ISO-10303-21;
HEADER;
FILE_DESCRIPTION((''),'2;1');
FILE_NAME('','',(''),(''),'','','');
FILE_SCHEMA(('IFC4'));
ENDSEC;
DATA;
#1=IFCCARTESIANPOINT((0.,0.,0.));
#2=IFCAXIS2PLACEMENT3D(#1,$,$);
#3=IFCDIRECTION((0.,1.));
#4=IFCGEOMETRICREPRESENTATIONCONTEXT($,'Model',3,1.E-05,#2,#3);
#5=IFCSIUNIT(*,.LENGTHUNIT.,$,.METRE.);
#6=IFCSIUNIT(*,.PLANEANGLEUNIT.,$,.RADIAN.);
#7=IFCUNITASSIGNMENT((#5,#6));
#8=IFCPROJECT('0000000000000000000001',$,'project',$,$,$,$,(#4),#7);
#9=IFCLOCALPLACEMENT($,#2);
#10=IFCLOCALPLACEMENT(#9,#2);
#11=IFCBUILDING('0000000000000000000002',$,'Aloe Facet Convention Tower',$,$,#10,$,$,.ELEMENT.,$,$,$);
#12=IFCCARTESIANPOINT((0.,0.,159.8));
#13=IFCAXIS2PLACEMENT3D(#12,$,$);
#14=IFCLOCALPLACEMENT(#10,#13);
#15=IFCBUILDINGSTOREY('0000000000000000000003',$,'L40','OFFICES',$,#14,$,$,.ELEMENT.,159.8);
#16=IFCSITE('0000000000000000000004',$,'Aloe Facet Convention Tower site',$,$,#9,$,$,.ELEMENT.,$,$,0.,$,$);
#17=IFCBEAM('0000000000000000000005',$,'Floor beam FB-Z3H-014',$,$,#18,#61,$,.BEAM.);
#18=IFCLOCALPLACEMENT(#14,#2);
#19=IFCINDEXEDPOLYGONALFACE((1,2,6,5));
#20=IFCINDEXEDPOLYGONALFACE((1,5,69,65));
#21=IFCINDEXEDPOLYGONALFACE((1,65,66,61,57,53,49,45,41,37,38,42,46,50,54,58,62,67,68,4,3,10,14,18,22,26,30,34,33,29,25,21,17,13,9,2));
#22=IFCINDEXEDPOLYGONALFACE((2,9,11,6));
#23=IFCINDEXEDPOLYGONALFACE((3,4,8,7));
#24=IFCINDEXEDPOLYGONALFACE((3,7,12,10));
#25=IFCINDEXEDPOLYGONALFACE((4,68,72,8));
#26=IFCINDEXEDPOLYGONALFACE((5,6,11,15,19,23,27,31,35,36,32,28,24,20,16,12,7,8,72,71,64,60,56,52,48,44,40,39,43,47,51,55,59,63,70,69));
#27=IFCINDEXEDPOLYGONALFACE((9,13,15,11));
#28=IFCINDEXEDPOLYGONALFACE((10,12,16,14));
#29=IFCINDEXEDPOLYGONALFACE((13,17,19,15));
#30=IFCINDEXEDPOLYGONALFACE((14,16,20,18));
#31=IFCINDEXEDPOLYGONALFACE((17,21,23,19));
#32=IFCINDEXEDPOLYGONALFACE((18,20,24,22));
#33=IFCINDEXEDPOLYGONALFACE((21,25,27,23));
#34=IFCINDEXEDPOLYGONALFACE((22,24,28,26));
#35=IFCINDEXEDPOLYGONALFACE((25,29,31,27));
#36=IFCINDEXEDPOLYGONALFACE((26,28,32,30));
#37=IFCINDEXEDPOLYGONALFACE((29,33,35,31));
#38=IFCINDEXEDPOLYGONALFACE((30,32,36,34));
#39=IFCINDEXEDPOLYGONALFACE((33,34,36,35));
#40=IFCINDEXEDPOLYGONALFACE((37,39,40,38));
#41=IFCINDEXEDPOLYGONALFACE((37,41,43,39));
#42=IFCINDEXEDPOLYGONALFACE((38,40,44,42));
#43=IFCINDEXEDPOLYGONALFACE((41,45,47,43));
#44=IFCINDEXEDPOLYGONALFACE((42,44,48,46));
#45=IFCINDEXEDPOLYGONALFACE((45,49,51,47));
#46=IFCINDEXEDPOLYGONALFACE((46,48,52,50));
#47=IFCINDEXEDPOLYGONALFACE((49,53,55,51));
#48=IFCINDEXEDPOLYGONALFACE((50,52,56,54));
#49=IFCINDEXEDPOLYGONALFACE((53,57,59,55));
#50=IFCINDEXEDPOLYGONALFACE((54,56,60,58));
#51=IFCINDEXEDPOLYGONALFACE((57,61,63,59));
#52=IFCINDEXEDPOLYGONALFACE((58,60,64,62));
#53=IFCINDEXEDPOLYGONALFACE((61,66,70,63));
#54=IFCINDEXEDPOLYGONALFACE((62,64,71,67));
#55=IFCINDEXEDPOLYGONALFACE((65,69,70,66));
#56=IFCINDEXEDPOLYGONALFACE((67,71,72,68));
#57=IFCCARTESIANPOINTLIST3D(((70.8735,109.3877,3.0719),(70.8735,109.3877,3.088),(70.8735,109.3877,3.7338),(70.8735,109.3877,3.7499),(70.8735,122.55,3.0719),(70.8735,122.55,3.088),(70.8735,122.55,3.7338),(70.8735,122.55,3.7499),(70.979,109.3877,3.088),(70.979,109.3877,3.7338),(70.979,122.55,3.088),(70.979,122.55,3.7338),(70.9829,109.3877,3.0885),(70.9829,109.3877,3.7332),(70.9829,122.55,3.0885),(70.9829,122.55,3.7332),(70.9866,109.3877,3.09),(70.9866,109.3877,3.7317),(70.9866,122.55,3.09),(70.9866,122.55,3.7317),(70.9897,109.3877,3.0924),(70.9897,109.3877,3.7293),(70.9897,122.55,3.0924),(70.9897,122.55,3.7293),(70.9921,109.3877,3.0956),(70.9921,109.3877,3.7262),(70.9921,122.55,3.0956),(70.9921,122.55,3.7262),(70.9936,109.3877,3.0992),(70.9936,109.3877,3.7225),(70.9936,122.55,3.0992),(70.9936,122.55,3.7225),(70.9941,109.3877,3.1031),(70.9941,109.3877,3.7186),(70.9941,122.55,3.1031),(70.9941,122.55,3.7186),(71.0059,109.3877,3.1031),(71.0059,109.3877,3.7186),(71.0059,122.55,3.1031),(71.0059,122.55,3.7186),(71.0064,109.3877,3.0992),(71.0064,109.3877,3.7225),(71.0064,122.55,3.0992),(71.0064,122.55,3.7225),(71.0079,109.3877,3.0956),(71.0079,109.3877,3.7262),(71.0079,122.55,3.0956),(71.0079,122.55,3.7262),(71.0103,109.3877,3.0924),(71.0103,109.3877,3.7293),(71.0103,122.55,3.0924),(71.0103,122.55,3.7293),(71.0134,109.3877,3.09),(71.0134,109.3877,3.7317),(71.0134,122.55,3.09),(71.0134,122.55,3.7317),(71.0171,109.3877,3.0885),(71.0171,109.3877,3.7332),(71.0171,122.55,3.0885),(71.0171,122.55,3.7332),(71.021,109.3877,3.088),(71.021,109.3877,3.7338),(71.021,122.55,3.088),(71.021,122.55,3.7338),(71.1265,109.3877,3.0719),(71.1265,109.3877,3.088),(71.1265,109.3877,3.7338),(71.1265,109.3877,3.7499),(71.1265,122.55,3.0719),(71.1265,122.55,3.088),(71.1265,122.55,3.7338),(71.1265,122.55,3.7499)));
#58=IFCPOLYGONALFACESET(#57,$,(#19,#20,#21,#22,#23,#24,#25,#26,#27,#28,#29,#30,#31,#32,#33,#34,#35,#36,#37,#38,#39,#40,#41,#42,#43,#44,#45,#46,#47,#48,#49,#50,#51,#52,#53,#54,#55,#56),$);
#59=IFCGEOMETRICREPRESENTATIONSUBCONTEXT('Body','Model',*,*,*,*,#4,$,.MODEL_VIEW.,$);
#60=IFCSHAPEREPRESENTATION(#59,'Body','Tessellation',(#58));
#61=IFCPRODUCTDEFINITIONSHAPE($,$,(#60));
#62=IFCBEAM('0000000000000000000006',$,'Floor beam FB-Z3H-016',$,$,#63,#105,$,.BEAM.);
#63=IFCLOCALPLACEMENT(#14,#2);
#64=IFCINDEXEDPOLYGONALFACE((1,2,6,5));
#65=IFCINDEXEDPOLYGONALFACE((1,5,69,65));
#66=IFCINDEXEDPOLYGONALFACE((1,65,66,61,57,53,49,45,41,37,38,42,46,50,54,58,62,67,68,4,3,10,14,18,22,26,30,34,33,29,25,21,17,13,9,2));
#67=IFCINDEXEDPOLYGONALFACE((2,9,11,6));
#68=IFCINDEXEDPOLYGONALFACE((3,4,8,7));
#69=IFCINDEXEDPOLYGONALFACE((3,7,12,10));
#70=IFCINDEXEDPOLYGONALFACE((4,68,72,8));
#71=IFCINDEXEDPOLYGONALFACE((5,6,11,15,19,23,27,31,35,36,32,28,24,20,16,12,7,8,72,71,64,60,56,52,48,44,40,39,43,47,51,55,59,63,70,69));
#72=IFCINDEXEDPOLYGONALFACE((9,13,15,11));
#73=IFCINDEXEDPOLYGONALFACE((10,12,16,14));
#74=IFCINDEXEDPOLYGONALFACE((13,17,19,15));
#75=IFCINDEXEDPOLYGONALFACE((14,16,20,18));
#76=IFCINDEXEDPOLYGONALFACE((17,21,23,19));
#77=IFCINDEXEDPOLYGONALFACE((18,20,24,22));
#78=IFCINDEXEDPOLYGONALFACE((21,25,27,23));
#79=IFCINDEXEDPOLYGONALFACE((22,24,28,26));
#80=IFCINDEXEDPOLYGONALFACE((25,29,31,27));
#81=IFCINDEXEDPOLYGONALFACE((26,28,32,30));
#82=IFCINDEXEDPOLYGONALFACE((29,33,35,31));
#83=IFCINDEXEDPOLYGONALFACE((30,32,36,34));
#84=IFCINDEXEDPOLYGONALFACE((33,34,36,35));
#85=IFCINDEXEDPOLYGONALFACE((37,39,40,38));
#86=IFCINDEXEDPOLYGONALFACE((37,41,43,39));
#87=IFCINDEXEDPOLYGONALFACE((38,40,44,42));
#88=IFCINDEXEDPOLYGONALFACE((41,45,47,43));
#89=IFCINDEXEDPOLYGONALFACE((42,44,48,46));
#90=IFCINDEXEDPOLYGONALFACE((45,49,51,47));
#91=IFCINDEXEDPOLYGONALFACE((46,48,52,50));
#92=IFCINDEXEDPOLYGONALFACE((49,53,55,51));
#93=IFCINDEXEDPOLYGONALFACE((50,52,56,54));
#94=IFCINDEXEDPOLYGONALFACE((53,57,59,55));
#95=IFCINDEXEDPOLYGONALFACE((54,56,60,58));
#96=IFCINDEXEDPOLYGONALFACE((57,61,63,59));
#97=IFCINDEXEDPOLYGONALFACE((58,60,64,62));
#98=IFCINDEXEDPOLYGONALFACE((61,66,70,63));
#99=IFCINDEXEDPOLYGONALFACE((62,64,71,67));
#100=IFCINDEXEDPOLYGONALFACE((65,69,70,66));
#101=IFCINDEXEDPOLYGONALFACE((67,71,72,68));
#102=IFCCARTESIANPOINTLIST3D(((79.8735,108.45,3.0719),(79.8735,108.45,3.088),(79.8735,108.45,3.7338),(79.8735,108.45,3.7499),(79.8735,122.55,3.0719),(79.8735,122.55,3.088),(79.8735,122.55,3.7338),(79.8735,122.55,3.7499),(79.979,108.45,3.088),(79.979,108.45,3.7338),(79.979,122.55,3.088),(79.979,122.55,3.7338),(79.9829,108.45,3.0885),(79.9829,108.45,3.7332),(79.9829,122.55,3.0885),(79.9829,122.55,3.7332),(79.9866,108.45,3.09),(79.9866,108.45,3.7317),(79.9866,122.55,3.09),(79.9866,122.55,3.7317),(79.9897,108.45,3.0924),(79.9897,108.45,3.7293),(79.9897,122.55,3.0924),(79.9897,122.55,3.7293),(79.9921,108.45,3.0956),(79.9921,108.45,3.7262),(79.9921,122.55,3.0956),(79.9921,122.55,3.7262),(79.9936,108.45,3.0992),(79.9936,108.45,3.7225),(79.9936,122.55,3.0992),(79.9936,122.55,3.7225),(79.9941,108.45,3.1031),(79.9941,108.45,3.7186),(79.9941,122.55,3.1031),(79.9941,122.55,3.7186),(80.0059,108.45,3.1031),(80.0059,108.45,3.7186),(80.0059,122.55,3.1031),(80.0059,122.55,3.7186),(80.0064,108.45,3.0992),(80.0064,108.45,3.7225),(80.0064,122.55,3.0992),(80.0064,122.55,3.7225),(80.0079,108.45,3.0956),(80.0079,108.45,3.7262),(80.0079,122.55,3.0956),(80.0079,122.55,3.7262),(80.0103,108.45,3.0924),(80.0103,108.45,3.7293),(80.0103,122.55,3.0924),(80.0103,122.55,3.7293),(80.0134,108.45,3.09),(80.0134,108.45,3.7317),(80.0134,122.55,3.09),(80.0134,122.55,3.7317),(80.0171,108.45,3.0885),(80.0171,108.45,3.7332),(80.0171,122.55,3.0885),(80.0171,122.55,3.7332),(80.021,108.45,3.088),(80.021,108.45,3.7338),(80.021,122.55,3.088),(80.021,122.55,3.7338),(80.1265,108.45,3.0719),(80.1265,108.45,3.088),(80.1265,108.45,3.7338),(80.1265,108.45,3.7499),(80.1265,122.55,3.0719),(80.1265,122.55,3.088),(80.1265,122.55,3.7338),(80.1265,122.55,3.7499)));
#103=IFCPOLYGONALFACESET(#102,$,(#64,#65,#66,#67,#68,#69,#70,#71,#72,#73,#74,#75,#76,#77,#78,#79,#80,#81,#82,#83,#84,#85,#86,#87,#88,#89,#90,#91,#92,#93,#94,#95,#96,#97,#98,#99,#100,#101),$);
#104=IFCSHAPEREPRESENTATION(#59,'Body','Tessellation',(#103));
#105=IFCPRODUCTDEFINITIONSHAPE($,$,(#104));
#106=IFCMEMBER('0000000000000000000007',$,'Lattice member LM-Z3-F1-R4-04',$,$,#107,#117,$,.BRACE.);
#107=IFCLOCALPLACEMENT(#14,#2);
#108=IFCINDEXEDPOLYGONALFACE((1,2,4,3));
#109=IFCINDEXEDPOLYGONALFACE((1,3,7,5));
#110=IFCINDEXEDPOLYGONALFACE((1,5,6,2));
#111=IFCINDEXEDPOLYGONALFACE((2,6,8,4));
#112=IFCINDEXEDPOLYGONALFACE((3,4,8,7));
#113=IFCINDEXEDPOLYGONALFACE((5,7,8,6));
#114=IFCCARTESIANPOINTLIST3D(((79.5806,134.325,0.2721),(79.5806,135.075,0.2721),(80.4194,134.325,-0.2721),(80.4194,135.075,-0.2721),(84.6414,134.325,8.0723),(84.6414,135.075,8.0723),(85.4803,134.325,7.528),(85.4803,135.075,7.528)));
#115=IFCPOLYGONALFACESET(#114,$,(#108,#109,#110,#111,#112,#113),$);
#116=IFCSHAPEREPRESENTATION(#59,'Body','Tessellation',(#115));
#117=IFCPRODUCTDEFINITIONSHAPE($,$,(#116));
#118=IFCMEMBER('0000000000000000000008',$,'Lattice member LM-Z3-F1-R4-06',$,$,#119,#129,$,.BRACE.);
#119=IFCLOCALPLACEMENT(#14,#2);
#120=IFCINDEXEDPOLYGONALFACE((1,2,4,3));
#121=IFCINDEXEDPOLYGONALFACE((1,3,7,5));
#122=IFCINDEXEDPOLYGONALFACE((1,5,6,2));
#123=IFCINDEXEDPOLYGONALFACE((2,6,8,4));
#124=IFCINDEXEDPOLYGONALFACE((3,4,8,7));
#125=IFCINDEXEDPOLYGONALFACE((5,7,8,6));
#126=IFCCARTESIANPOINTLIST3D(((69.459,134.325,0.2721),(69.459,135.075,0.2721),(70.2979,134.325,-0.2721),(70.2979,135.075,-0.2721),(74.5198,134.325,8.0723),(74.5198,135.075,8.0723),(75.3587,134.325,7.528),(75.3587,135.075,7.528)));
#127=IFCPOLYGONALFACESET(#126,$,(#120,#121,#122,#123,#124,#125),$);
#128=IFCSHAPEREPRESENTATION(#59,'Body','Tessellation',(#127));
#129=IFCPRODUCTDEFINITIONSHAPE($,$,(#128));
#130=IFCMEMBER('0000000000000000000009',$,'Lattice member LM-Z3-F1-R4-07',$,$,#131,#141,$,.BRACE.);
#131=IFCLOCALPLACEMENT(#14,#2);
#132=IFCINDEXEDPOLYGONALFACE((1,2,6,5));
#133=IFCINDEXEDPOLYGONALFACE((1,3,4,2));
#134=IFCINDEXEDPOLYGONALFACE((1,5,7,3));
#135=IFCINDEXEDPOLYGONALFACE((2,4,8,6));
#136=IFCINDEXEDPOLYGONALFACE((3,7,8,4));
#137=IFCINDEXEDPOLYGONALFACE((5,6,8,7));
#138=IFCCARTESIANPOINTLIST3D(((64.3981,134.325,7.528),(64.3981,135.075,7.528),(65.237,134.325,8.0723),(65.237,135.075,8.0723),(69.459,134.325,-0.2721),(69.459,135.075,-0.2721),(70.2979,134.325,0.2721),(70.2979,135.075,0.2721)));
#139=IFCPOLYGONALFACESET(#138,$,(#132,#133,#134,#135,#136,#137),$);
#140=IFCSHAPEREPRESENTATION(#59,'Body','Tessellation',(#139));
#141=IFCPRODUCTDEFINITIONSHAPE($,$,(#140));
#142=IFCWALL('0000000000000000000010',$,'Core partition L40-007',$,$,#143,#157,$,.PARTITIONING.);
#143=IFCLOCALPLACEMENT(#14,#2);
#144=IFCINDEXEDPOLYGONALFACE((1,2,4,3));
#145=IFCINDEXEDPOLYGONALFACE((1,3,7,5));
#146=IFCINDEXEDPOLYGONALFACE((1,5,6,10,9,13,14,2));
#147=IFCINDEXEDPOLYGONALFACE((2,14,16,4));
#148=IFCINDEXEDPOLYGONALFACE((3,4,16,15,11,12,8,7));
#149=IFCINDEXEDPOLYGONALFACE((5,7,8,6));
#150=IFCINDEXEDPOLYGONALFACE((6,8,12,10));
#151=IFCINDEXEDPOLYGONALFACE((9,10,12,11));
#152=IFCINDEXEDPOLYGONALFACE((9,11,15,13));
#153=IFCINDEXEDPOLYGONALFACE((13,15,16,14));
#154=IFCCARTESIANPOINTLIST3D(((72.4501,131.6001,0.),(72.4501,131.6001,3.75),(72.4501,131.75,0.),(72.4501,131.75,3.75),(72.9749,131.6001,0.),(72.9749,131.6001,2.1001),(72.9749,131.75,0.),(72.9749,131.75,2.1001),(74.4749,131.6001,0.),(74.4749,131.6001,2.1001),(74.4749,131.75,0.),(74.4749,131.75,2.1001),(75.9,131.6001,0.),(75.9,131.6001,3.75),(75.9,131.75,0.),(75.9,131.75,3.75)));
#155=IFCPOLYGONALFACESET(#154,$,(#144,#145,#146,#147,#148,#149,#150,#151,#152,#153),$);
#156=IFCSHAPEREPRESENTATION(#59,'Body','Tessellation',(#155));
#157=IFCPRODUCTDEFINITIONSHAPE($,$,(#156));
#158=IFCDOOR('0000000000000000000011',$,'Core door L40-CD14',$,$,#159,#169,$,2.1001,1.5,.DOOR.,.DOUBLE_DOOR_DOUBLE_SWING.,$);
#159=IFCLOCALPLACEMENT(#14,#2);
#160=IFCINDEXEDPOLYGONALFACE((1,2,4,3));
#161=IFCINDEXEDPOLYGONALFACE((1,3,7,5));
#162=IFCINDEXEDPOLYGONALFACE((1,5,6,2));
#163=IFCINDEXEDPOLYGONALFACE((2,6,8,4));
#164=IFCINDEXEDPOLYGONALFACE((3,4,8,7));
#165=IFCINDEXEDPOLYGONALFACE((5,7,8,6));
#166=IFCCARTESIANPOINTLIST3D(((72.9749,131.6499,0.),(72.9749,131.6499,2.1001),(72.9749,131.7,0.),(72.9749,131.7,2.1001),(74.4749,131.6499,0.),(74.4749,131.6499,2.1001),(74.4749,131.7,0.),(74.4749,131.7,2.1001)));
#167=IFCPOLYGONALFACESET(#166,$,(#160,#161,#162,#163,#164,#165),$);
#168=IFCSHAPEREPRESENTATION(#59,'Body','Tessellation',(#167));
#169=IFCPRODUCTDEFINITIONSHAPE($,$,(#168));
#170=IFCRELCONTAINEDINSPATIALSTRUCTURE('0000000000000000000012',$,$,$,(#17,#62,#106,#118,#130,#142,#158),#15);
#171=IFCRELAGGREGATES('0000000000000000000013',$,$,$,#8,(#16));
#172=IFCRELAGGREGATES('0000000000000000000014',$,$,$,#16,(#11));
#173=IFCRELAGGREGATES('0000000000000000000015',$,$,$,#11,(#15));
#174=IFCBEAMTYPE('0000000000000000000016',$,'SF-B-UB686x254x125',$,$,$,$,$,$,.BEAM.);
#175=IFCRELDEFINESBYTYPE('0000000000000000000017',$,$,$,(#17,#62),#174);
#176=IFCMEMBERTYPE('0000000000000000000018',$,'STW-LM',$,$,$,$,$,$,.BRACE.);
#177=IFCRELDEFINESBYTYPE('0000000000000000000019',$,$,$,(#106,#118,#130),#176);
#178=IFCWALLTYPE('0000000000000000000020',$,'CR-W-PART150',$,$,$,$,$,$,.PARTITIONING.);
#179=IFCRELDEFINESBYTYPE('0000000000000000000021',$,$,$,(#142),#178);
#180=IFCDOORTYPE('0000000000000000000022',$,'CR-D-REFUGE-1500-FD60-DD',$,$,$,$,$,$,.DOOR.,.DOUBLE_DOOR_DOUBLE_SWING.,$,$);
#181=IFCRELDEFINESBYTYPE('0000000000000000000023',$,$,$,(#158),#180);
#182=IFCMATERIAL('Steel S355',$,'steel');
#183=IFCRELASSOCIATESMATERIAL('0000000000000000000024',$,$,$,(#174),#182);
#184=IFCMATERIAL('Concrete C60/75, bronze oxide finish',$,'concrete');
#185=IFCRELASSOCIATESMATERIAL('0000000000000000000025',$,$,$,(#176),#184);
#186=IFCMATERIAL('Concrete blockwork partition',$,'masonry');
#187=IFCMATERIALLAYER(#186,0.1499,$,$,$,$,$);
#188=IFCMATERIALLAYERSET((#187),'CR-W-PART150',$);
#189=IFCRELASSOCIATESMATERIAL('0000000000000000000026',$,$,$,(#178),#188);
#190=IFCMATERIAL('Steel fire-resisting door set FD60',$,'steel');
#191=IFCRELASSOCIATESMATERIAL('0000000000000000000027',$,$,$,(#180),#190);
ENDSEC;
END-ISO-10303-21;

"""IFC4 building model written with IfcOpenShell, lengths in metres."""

from ifc_helpers import new_model, si_unit, direction, frame, frame_2d, origin, origin_2d, place, context, subcontext, project, spatial, rectangle, i_section, extrude, material, layer, layer_set, material_profile, profile_set, type_object, element, fill, save


model = new_model("IFC4")

# Units and contexts
model_context = context("Model", 3, precision=1e-05, world=origin(), true_north=direction((0.0, 1.0)))
body_context = subcontext(model_context, "Body", "Model", "MODEL_VIEW")
ifc_project = project(units=[si_unit("LENGTHUNIT", "METRE"), si_unit("PLANEANGLEUNIT", "RADIAN")], contexts=[model_context])

# Site, building, storey
site_placement = place(None, origin())
site = spatial("IfcSite", under=ifc_project, at=site_placement, Name="Aloe Facet Convention Tower site", CompositionType="ELEMENT", RefElevation=0.0)
building_placement = place(site_placement, origin())
building = spatial("IfcBuilding", under=site, at=building_placement, Name="Aloe Facet Convention Tower", CompositionType="ELEMENT")
storey_placement = place(building_placement, frame((0.0, 0.0, 159.8)))
storey = spatial("IfcBuildingStorey", under=building, at=storey_placement, Name="L40", Description="OFFICES", CompositionType="ELEMENT", Elevation=159.8)

# Beams
ifc_material_1 = material(Name="Steel S355", Category="steel")
ifc_material_profile_1 = material_profile(ifc_material_1, i_section(OverallWidth=0.2529, OverallDepth=0.678, WebThickness=0.0117, FlangeThickness=0.0161, FilletRadius=0.0151, at=origin_2d()), Name="UB 686x254x125")
ifc_profile_set_1 = profile_set([ifc_material_profile_1], Name="Steel S355")
beam_type = type_object("IfcBeamType", Name="SF-B-UB686x254x125", PredefinedType="BEAM", material=ifc_profile_set_1)
beam_1_placement = place(storey_placement, frame((71.0, 122.55, 3.4109), z_axis=(0.0, -1.0, 0.0), x_axis=(1.0, 0.0, 0.0)))
element("IfcBeam", 1, at=beam_1_placement, inside=storey, type_object=beam_type, Name="Floor beam FB-Z3H-014", PredefinedType="BEAM", context=body_context, shape_type="SweptSolid", body=[
    extrude(i_section(OverallWidth=0.2529, OverallDepth=0.678, WebThickness=0.0117, FlangeThickness=0.0161, FilletRadius=0.0151, at=origin_2d()), origin(), (0.0, 0.0, 1.0), 13.1624),
])
beam_2_placement = place(storey_placement, frame((80.0, 122.55, 3.4109), z_axis=(0.0, -1.0, 0.0), x_axis=(1.0, 0.0, 0.0)))
element("IfcBeam", 2, at=beam_2_placement, inside=storey, type_object=beam_type, Name="Floor beam FB-Z3H-016", PredefinedType="BEAM", context=body_context, shape_type="SweptSolid", body=[
    extrude(i_section(OverallWidth=0.2529, OverallDepth=0.678, WebThickness=0.0117, FlangeThickness=0.0161, FilletRadius=0.0151, at=origin_2d()), origin(), (0.0, 0.0, 1.0), 14.1001),
])

# Members
ifc_material_2 = material(Name="Concrete C60/75, bronze oxide finish", Category="concrete")
ifc_material_profile_2 = material_profile(ifc_material_2, rectangle(XDim=0.75, YDim=1.0, at=origin_2d()), Name="STW-LM")
ifc_profile_set_2 = profile_set([ifc_material_profile_2], Name="Concrete C60/75, bronze oxide finish")
member_type = type_object("IfcMemberType", Name="STW-LM", PredefinedType="BRACE", material=ifc_profile_set_2)
for number, where, z_axis, x_axis, name in (
    (3, (80.0, 134.7, 0.0), (0.54429, 0.0, 0.838897), (0.0, 1.0, 0.0), "Lattice member LM-Z3-F1-R4-04"),
    (4, (69.8784, 134.7, 0.0), (0.54429, 0.0, 0.838897), (0.0, 1.0, 0.0), "Lattice member LM-Z3-F1-R4-06"),
    (5, (69.8784, 134.7, 0.0), (-0.54429, 0.0, 0.838897), (0.0, -1.0, 0.0), "Lattice member LM-Z3-F1-R4-07"),
):
    element("IfcMember", number, at=place(storey_placement, frame(where, z_axis=z_axis, x_axis=x_axis)), inside=storey, type_object=member_type, Name=name, PredefinedType="BRACE", context=body_context, shape_type="SweptSolid", body=[
        extrude(rectangle(XDim=0.75, YDim=1.0, at=origin_2d()), origin(), (0.0, 0.0, 1.0), 9.2981),
    ])

# Wall, opening, door
ifc_material_3 = material(Name="Concrete blockwork partition", Category="masonry")
ifc_layer_1 = layer(ifc_material_3, 0.1499)
ifc_layer_set_1 = layer_set([ifc_layer_1], Name="CR-W-PART150")
wall_type_1 = type_object("IfcWallType", Name="CR-W-PART150", PredefinedType="PARTITIONING", material=ifc_layer_set_1)
wall_1_placement = place(storey_placement, frame((72.45, 131.675, 0.0), z_axis=(0.0, 0.0, 1.0), x_axis=(1.0, 0.0, 0.0)))
wall_1 = element("IfcWall", 6, at=wall_1_placement, inside=storey, type_object=wall_type_1, Name="Core partition L40-007", PredefinedType="PARTITIONING", context=body_context, shape_type="SweptSolid", body=[
    extrude(rectangle(XDim=3.45, YDim=0.1499, at=frame_2d((1.7251, 0.0))), origin(), (0.0, 0.0, 1.0), 3.75),
])
opening_1_placement = place(wall_1_placement, frame((0.5249, 0.0, 0.0)))
opening_1 = element("IfcOpeningElement", 7, at=opening_1_placement, cuts=wall_1, PredefinedType="OPENING", context=body_context, shape_type="SweptSolid", body=[
    extrude(rectangle(XDim=1.5, YDim=2.1001, at=frame_2d((0.75, 1.05))), frame((0.0, 0.085, 0.0), z_axis=(0.0, -1.0, 0.0), x_axis=(1.0, 0.0, 0.0)), (0.0, 0.0, 1.0), 0.1699),
])
ifc_material_4 = material(Name="Steel fire-resisting door set FD60", Category="steel")
door_type_1 = type_object("IfcDoorType", Name="CR-D-REFUGE-1500-FD60-DD", OperationType="DOUBLE_DOOR_DOUBLE_SWING", PredefinedType="DOOR", material=ifc_material_4)
door_1_placement = place(opening_1_placement, origin())
door_1 = element("IfcDoor", 8, at=door_1_placement, inside=storey, type_object=door_type_1, Name="Core door L40-CD14", OperationType="DOUBLE_DOOR_DOUBLE_SWING", OverallHeight=2.1001, OverallWidth=1.5, PredefinedType="DOOR", context=body_context, shape_type="SweptSolid", body=[
    extrude(rectangle(XDim=1.5, YDim=2.1001, at=frame_2d((0.75, 1.05))), frame((0.0, 0.0249, 0.0), z_axis=(0.0, -1.0, 0.0), x_axis=(1.0, 0.0, 0.0)), (0.0, 0.0, 1.0), 0.05),
])
fill(opening_1, door_1)

save(model, "model.ifc")
